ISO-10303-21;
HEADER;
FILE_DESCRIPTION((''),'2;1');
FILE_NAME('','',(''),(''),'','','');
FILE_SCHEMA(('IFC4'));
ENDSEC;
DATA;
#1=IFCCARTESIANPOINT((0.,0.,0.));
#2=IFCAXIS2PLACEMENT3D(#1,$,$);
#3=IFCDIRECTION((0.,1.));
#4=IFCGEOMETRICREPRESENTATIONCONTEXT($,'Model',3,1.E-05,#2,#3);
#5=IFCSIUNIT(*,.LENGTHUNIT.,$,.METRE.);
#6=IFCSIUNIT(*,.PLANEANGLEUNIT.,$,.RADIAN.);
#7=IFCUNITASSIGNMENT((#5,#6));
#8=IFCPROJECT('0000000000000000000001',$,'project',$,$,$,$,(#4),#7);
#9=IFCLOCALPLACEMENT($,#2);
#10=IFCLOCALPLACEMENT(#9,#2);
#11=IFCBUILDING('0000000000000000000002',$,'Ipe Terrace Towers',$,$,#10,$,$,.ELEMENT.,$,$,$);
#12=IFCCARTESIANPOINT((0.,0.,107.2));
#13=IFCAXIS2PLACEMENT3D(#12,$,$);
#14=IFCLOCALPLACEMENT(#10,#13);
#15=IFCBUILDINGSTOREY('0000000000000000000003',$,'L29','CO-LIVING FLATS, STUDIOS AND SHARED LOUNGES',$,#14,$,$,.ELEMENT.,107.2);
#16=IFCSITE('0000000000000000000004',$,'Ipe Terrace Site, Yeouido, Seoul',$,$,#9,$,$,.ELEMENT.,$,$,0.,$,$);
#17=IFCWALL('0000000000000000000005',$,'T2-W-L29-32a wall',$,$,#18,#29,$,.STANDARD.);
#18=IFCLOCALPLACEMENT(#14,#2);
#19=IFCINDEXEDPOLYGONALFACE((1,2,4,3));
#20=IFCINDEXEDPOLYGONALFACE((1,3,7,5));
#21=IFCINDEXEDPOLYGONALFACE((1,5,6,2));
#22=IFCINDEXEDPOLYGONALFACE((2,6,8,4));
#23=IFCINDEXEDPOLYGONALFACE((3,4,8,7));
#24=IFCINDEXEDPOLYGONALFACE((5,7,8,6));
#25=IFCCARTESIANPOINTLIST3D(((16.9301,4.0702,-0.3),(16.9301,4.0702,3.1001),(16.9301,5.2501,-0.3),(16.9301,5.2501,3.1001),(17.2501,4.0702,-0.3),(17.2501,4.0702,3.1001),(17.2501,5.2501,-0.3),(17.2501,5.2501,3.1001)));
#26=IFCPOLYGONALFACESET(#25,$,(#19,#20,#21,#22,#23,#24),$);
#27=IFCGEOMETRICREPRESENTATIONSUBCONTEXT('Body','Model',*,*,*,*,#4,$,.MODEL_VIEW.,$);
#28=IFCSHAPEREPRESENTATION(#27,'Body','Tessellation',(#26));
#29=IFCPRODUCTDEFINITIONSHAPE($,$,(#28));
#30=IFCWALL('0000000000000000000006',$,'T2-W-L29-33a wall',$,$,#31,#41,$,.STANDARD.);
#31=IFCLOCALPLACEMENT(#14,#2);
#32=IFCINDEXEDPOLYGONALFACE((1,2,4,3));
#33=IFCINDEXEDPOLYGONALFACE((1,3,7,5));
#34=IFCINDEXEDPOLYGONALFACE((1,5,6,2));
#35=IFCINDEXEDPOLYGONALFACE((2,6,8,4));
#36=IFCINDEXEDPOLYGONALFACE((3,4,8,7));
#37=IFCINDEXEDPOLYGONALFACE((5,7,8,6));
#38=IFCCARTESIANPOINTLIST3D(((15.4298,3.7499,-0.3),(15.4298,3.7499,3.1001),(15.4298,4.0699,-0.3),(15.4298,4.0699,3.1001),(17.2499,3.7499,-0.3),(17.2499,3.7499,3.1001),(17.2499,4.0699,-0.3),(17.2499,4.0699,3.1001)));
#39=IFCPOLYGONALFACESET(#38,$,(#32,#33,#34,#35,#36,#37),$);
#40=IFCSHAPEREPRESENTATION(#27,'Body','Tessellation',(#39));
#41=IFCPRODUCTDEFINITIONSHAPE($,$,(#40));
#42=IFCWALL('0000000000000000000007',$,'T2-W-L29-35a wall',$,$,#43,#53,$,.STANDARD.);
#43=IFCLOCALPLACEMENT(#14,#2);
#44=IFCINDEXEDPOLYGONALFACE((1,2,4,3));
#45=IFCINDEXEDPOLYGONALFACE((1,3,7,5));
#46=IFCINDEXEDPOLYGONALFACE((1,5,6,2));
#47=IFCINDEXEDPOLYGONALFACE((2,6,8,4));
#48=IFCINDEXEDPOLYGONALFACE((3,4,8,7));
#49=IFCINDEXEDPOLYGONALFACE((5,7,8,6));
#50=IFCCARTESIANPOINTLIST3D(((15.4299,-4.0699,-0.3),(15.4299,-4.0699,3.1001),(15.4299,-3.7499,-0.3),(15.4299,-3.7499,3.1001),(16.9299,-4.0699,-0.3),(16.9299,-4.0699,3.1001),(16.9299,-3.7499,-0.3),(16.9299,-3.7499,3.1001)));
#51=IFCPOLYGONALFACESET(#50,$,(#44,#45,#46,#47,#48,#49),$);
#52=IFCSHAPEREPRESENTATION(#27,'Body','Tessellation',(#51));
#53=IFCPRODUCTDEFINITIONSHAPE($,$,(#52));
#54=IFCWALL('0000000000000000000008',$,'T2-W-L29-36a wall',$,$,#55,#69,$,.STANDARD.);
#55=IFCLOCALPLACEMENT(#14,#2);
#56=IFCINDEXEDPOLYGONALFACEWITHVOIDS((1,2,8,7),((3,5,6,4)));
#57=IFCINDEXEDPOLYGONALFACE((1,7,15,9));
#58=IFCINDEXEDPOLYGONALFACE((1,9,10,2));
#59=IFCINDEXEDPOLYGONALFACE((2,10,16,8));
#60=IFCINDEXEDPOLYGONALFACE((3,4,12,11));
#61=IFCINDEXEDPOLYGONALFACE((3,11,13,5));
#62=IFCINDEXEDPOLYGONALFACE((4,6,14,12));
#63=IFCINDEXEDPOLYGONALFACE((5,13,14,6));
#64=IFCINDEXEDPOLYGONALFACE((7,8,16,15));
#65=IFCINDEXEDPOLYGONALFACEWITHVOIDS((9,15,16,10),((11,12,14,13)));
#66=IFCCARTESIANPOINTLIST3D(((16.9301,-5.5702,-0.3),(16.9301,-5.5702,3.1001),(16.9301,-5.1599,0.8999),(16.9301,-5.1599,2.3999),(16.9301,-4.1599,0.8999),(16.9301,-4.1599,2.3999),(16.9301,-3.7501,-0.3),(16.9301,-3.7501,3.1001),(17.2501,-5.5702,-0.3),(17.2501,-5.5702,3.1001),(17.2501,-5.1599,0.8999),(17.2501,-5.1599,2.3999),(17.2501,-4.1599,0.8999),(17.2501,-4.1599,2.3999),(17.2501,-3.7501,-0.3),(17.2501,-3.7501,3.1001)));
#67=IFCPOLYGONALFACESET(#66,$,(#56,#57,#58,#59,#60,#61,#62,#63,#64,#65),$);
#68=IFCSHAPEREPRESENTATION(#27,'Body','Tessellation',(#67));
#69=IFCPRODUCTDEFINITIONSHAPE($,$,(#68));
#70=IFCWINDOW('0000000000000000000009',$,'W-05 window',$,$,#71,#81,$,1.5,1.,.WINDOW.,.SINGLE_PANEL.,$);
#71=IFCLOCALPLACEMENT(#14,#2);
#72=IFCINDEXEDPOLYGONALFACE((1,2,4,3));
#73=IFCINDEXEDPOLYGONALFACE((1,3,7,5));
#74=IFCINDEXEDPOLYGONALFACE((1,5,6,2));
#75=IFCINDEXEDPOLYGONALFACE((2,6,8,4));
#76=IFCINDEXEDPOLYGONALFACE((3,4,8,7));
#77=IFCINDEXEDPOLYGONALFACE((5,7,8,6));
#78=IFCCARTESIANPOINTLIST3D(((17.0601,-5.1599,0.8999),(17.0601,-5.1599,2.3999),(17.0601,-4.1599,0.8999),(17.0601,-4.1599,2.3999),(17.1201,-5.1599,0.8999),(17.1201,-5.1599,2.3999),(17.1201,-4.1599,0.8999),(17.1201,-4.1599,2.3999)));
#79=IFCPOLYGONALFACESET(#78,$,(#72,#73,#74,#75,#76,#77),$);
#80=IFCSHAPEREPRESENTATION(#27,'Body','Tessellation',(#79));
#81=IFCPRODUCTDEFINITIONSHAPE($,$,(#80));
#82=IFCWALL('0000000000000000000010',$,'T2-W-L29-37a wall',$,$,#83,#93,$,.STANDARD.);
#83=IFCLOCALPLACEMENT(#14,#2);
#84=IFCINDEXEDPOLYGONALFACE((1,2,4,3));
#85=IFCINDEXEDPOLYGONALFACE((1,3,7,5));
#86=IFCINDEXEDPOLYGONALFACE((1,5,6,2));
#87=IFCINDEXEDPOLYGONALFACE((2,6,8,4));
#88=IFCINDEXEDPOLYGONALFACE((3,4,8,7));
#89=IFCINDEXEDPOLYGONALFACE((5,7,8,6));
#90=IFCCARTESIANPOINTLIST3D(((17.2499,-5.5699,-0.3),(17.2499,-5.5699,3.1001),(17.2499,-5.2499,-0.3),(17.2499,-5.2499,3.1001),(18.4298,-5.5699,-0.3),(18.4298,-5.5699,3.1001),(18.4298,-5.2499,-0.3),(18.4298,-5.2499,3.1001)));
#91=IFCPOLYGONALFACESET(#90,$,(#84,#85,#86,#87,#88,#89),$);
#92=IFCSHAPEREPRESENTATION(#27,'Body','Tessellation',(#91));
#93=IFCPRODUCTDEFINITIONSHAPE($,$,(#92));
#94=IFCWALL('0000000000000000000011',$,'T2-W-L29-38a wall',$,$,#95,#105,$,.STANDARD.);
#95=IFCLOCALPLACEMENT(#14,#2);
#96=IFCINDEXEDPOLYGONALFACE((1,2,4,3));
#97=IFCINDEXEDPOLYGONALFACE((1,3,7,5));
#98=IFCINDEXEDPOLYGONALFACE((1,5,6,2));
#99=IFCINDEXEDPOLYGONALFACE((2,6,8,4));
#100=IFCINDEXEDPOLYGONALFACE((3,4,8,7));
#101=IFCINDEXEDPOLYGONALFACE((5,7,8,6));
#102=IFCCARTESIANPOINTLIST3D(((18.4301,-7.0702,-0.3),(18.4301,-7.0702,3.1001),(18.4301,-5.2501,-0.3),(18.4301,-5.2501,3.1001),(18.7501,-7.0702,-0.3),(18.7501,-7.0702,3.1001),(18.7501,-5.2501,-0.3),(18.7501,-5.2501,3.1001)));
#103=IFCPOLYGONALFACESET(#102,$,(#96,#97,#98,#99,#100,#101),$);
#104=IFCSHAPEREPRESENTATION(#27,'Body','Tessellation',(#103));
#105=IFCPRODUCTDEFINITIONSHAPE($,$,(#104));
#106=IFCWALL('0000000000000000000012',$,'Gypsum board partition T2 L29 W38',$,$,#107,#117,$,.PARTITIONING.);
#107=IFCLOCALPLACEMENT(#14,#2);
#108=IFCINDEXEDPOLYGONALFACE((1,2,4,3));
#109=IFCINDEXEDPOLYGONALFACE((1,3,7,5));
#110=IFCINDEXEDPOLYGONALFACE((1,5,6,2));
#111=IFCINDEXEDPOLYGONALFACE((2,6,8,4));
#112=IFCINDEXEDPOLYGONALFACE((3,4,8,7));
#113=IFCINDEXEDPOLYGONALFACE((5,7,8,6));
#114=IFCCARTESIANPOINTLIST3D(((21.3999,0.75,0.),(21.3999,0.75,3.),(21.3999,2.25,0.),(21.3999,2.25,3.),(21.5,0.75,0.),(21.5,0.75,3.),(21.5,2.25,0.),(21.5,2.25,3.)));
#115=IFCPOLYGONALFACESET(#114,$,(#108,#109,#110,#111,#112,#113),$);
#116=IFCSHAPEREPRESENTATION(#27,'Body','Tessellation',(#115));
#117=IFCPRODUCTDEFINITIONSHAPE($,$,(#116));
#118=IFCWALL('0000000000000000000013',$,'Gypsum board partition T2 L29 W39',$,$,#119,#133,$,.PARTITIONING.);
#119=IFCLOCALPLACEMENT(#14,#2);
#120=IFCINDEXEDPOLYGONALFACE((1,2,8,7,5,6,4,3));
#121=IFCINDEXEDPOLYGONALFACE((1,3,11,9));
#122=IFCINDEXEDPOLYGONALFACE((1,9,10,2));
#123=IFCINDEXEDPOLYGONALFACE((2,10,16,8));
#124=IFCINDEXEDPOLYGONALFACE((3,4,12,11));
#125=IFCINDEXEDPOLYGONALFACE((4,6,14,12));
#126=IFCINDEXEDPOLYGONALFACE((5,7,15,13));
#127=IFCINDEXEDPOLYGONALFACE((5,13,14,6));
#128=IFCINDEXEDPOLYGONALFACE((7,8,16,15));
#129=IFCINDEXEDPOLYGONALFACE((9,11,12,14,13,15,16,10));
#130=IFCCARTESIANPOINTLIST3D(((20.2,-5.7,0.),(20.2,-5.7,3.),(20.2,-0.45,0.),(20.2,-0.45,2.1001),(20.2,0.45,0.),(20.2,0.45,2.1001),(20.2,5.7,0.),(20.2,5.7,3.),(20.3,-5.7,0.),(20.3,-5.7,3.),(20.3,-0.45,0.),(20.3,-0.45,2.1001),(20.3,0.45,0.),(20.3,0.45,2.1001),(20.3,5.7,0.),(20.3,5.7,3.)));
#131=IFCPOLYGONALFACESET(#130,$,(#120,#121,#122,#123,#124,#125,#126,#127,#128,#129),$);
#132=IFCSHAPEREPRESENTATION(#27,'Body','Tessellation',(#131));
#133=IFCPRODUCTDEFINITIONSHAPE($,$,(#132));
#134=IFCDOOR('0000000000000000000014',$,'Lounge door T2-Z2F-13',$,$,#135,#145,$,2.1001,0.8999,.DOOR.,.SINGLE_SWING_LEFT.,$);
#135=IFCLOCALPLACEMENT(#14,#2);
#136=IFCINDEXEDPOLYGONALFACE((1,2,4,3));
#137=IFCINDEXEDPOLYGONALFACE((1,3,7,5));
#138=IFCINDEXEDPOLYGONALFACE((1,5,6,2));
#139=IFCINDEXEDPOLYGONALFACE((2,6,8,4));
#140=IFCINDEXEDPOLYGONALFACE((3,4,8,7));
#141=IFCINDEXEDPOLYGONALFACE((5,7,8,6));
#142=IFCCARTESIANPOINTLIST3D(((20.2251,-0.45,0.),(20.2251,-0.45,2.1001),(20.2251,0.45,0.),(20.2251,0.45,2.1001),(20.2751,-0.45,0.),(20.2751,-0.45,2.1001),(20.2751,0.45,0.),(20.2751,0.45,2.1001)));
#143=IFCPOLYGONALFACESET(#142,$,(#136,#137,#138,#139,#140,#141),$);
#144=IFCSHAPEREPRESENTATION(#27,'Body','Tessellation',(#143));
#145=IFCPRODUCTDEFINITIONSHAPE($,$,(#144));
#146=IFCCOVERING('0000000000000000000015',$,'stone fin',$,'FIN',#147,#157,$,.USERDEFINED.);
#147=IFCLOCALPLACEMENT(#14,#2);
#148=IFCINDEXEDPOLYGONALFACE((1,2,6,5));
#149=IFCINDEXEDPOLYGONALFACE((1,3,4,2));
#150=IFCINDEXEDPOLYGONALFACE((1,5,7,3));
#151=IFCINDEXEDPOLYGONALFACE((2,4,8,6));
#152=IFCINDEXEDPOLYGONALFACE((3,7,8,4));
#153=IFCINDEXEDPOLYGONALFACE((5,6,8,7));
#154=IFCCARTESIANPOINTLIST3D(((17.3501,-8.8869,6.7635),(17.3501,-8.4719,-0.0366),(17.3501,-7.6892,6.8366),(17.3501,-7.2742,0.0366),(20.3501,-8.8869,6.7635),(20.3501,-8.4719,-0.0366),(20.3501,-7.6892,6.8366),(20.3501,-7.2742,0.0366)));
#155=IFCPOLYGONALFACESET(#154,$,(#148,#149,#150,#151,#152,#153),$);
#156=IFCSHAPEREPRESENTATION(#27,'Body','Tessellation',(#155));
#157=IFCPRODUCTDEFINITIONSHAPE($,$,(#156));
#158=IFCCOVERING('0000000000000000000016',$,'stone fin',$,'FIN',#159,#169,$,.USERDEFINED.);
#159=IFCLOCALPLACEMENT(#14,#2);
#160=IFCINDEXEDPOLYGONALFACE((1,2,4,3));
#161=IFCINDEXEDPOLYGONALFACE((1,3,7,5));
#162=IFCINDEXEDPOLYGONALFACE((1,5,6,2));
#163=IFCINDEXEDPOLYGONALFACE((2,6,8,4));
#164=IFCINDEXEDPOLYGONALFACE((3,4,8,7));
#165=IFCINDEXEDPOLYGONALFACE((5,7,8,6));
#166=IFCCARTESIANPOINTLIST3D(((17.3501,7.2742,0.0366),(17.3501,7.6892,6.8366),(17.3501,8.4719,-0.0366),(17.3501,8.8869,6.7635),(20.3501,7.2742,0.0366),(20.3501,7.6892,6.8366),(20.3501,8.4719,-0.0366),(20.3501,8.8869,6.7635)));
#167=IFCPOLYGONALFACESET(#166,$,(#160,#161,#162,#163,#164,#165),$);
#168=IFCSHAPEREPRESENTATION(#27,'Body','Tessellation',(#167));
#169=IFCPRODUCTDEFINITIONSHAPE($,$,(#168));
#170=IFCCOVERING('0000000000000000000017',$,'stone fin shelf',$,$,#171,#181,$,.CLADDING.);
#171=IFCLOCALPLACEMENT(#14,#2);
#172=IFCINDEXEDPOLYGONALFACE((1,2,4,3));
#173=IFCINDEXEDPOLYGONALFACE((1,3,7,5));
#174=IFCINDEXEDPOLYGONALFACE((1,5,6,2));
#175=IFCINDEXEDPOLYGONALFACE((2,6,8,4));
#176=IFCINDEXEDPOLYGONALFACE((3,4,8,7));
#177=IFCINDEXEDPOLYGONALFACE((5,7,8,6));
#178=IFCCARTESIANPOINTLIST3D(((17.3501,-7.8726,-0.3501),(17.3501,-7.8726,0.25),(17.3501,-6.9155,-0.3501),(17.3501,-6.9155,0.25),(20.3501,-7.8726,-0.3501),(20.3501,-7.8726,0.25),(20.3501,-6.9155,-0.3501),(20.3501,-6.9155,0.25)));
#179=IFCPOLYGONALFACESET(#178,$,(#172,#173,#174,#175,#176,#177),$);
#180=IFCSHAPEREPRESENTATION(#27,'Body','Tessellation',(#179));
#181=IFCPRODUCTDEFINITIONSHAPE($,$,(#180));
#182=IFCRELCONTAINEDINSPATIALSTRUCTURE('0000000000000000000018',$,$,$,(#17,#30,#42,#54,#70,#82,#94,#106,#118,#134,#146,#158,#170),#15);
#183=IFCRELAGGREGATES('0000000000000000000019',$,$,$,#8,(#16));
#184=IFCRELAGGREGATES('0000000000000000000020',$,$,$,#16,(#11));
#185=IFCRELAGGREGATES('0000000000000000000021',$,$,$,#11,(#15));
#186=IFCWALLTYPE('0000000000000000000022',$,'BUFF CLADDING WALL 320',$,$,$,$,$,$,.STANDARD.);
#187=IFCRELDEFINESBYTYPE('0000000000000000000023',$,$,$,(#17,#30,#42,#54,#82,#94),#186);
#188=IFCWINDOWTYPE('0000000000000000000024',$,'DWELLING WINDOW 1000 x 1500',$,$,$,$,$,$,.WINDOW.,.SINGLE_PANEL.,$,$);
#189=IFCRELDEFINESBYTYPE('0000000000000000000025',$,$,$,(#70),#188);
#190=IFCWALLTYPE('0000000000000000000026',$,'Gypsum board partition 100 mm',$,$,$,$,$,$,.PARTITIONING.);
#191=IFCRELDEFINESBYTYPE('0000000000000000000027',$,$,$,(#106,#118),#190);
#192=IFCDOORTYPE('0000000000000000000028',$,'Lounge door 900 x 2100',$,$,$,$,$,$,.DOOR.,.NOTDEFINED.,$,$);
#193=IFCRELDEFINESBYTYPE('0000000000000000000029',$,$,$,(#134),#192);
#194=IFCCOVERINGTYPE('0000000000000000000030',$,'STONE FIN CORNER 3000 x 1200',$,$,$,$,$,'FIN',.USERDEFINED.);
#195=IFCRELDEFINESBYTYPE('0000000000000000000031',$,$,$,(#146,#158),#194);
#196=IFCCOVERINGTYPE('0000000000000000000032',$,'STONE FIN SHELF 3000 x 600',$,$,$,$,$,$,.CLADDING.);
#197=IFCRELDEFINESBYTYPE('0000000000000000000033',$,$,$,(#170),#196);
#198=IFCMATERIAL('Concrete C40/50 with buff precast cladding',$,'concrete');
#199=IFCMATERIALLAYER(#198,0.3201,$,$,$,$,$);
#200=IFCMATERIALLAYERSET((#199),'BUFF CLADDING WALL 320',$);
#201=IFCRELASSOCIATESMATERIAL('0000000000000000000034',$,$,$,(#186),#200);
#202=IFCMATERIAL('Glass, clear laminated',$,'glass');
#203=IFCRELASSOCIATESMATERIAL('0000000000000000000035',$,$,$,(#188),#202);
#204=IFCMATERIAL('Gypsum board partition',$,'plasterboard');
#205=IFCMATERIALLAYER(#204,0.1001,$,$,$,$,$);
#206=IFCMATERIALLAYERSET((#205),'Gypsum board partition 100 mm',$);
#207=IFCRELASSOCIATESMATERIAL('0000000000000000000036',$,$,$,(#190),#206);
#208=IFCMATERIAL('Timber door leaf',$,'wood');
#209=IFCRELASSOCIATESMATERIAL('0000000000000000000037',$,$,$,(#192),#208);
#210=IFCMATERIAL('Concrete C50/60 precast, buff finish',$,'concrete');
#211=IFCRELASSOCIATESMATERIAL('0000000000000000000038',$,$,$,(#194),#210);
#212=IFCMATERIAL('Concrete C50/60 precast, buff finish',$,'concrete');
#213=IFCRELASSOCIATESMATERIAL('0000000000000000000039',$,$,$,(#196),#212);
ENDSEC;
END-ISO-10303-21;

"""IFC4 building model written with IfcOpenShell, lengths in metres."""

from ifc_helpers import new_model, si_unit, direction, frame, frame_2d, origin, origin_2d, place, context, subcontext, project, spatial, rectangle, extrude, material, layer, layer_set, material_profile, profile_set, type_object, element, fill, save


model = new_model("IFC4")

# Units and contexts
model_context = context("Model", 3, precision=1e-05, world=origin(), true_north=direction((0.0, 1.0)))
body_context = subcontext(model_context, "Body", "Model", "MODEL_VIEW")
ifc_project = project(units=[si_unit("LENGTHUNIT", "METRE"), si_unit("PLANEANGLEUNIT", "RADIAN")], contexts=[model_context])

# Site, building, storey
site_placement = place(None, origin())
site = spatial("IfcSite", under=ifc_project, at=site_placement, Name="Ipe Terrace Site, Yeouido, Seoul", CompositionType="ELEMENT", RefElevation=0.0)
building_placement = place(site_placement, origin())
building = spatial("IfcBuilding", under=site, at=building_placement, Name="Ipe Terrace Towers", CompositionType="ELEMENT")
storey_placement = place(building_placement, frame((0.0, 0.0, 107.2)))
storey = spatial("IfcBuildingStorey", under=building, at=storey_placement, Name="L29", Description="CO-LIVING FLATS, STUDIOS AND SHARED LOUNGES", CompositionType="ELEMENT", Elevation=107.2)

# Shared definitions
ifc_material_1 = material(Name="Concrete C40/50 with buff precast cladding", Category="concrete")
ifc_layer_1 = layer(ifc_material_1, 0.3201)
ifc_layer_set_1 = layer_set([ifc_layer_1], Name="BUFF CLADDING WALL 320")
wall_type_1 = type_object("IfcWallType", Name="BUFF CLADDING WALL 320", PredefinedType="STANDARD", material=ifc_layer_set_1)

# Shared definitions
ifc_material_2 = material(Name="Glass, clear laminated", Category="glass")
window_type = type_object("IfcWindowType", Name="DWELLING WINDOW 1000 x 1500", PartitioningType="SINGLE_PANEL", PredefinedType="WINDOW", material=ifc_material_2)

# Walls
wall_1_placement = place(storey_placement, frame((17.0901, 5.25, -0.3), z_axis=(0.0, 0.0, 1.0), x_axis=(0.0, -1.0, 0.0)))
element("IfcWall", 1, at=wall_1_placement, inside=storey, type_object=wall_type_1, Name="T2-W-L29-32a wall", PredefinedType="STANDARD", context=body_context, shape_type="SweptSolid", body=[
    extrude(rectangle(XDim=1.1799, YDim=0.3201, at=frame_2d((0.5898, 0.0))), origin(), (0.0, 0.0, 1.0), 3.4001),
])
wall_2_placement = place(storey_placement, frame((17.25, 3.9099, -0.3), z_axis=(0.0, 0.0, 1.0), x_axis=(-1.0, 0.0, 0.0)))
element("IfcWall", 2, at=wall_2_placement, inside=storey, type_object=wall_type_1, Name="T2-W-L29-33a wall", PredefinedType="STANDARD", context=body_context, shape_type="SweptSolid", body=[
    extrude(rectangle(XDim=1.8201, YDim=0.3201, at=frame_2d((0.9102, 0.0))), origin(), (0.0, 0.0, 1.0), 3.4001),
])
wall_3_placement = place(storey_placement, frame((15.4299, -3.9099, -0.3), z_axis=(0.0, 0.0, 1.0), x_axis=(1.0, 0.0, 0.0)))
element("IfcWall", 3, at=wall_3_placement, inside=storey, type_object=wall_type_1, Name="T2-W-L29-35a wall", PredefinedType="STANDARD", context=body_context, shape_type="SweptSolid", body=[
    extrude(rectangle(XDim=1.5, YDim=0.3201, at=frame_2d((0.75, 0.0))), origin(), (0.0, 0.0, 1.0), 3.4001),
])

# Wall, opening, window
wall_4_placement = place(storey_placement, frame((17.0901, -3.75, -0.3), z_axis=(0.0, 0.0, 1.0), x_axis=(0.0, -1.0, 0.0)))
wall_4 = element("IfcWall", 4, at=wall_4_placement, inside=storey, type_object=wall_type_1, Name="T2-W-L29-36a wall", PredefinedType="STANDARD", context=body_context, shape_type="SweptSolid", body=[
    extrude(rectangle(XDim=1.8201, YDim=0.3201, at=frame_2d((0.9102, 0.0))), origin(), (0.0, 0.0, 1.0), 3.4001),
])
opening_1_placement = place(wall_4_placement, frame((0.4099, 0.0, 1.2)))
opening_1 = element("IfcOpeningElement", 5, at=opening_1_placement, cuts=wall_4, PredefinedType="OPENING", context=body_context, shape_type="SweptSolid", body=[
    extrude(rectangle(XDim=1.0, YDim=1.5, at=frame_2d((0.5, 0.75))), frame((0.0, 0.1699, 0.0), z_axis=(0.0, -1.0, 0.0), x_axis=(1.0, 0.0, 0.0)), (0.0, 0.0, 1.0), 0.3401),
])
window_1_placement = place(opening_1_placement, origin())
window_1 = element("IfcWindow", 6, at=window_1_placement, inside=storey, type_object=window_type, Name="W-05 window", OverallHeight=1.5, OverallWidth=1.0, PartitioningType="SINGLE_PANEL", PredefinedType="WINDOW", context=body_context, shape_type="SweptSolid", body=[
    extrude(rectangle(XDim=1.0, YDim=1.5, at=frame_2d((0.5, 0.75))), frame((0.0, 0.03, 0.0), z_axis=(0.0, -1.0, 0.0), x_axis=(1.0, 0.0, 0.0)), (0.0, 0.0, 1.0), 0.0601),
])
fill(opening_1, window_1)

# Walls
wall_5_placement = place(storey_placement, frame((17.25, -5.4099, -0.3), z_axis=(0.0, 0.0, 1.0), x_axis=(1.0, 0.0, 0.0)))
element("IfcWall", 7, at=wall_5_placement, inside=storey, type_object=wall_type_1, Name="T2-W-L29-37a wall", PredefinedType="STANDARD", context=body_context, shape_type="SweptSolid", body=[
    extrude(rectangle(XDim=1.1799, YDim=0.3201, at=frame_2d((0.5898, 0.0))), origin(), (0.0, 0.0, 1.0), 3.4001),
])
wall_6_placement = place(storey_placement, frame((18.5901, -5.25, -0.3), z_axis=(0.0, 0.0, 1.0), x_axis=(0.0, -1.0, 0.0)))
element("IfcWall", 8, at=wall_6_placement, inside=storey, type_object=wall_type_1, Name="T2-W-L29-38a wall", PredefinedType="STANDARD", context=body_context, shape_type="SweptSolid", body=[
    extrude(rectangle(XDim=1.8201, YDim=0.3201, at=frame_2d((0.9102, 0.0))), origin(), (0.0, 0.0, 1.0), 3.4001),
])
ifc_material_3 = material(Name="Gypsum board partition", Category="plasterboard")
ifc_layer_2 = layer(ifc_material_3, 0.1001)
ifc_layer_set_2 = layer_set([ifc_layer_2], Name="Gypsum board partition 100 mm")
wall_type_2 = type_object("IfcWallType", Name="Gypsum board partition 100 mm", PredefinedType="PARTITIONING", material=ifc_layer_set_2)
wall_7_placement = place(storey_placement, frame((21.45, 0.75, 0.0), z_axis=(0.0, 0.0, 1.0), x_axis=(0.0, 1.0, 0.0)))
element("IfcWall", 9, at=wall_7_placement, inside=storey, type_object=wall_type_2, Name="Gypsum board partition T2 L29 W38", PredefinedType="PARTITIONING", context=body_context, shape_type="SweptSolid", body=[
    extrude(rectangle(XDim=1.5, YDim=0.1001, at=frame_2d((0.75, 0.0))), origin(), (0.0, 0.0, 1.0), 3.0),
])

# Wall, opening, door
wall_8_placement = place(storey_placement, frame((20.25, -5.7, 0.0), z_axis=(0.0, 0.0, 1.0), x_axis=(0.0, 1.0, 0.0)))
wall_8 = element("IfcWall", 10, at=wall_8_placement, inside=storey, type_object=wall_type_2, Name="Gypsum board partition T2 L29 W39", PredefinedType="PARTITIONING", context=body_context, shape_type="SweptSolid", body=[
    extrude(rectangle(XDim=11.3999, YDim=0.1001, at=frame_2d((5.7, 0.0))), origin(), (0.0, 0.0, 1.0), 3.0),
])
opening_2_placement = place(wall_8_placement, frame((5.25, 0.0, 0.0)))
opening_2 = element("IfcOpeningElement", 11, at=opening_2_placement, cuts=wall_8, PredefinedType="OPENING", context=body_context, shape_type="SweptSolid", body=[
    extrude(rectangle(XDim=0.8999, YDim=2.1001, at=frame_2d((0.45, 1.05))), frame((0.0, 0.0601, 0.0), z_axis=(0.0, -1.0, 0.0), x_axis=(1.0, 0.0, 0.0)), (0.0, 0.0, 1.0), 0.1201),
])
ifc_material_4 = material(Name="Timber door leaf", Category="wood")
door_type = type_object("IfcDoorType", Name="Lounge door 900 x 2100", OperationType="NOTDEFINED", PredefinedType="DOOR", material=ifc_material_4)
door_placement = place(opening_2_placement, origin())
door = element("IfcDoor", 12, at=door_placement, inside=storey, type_object=door_type, Name="Lounge door T2-Z2F-13", OperationType="SINGLE_SWING_LEFT", OverallHeight=2.1001, OverallWidth=0.8999, PredefinedType="DOOR", context=body_context, shape_type="SweptSolid", body=[
    extrude(rectangle(XDim=0.8999, YDim=2.1001, at=frame_2d((0.45, 1.05))), frame((0.0, 0.0249, 0.0), z_axis=(0.0, -1.0, 0.0), x_axis=(1.0, 0.0, 0.0)), (0.0, 0.0, 1.0), 0.05),
])
fill(opening_2, door)

# Coverings
ifc_material_5 = material(Name="Concrete C50/60 precast, buff finish", Category="concrete")
ifc_material_profile_1 = material_profile(ifc_material_5, rectangle(XDim=3.0, YDim=1.2, at=origin_2d()), Name="STONE FIN CORNER 3000 x 1200")
ifc_profile_set_1 = profile_set([ifc_material_profile_1], Name="Concrete C50/60 precast, buff finish")
covering_type_1 = type_object("IfcCoveringType", Name="STONE FIN CORNER 3000 x 1200", ElementType="FIN", PredefinedType="USERDEFINED", material=ifc_profile_set_1)
for number, where, z_axis, x_axis, name in (
    (13, (18.8501, -7.873, 0.0), (0.0, -0.060921, 0.998143), (1.0, 0.0, 0.0), "stone fin"),
    (14, (18.8501, 7.873, 0.0), (0.0, 0.060921, 0.998143), (-1.0, 0.0, 0.0), "stone fin"),
):
    element("IfcCovering", number, at=place(storey_placement, frame(where, z_axis=z_axis, x_axis=x_axis)), inside=storey, type_object=covering_type_1, Name=name, ObjectType="FIN", PredefinedType="USERDEFINED", context=body_context, shape_type="SweptSolid", body=[
        extrude(rectangle(XDim=3.0, YDim=1.2, at=origin_2d()), origin(), (0.0, 0.0, 1.0), 6.8127),
    ])
ifc_material_6 = material(Name="Concrete C50/60 precast, buff finish", Category="concrete")
covering_type_2 = type_object("IfcCoveringType", Name="STONE FIN SHELF 3000 x 600", PredefinedType="CLADDING", material=ifc_material_6)
for number, where, z_axis, x_axis, name in (
    (15, (18.8501, -7.394, -0.3501), (0.0, 0.0, 1.0), (1.0, 0.0, 0.0), "stone fin shelf"),
):
    element("IfcCovering", number, at=place(storey_placement, frame(where, z_axis=z_axis, x_axis=x_axis)), inside=storey, type_object=covering_type_2, Name=name, PredefinedType="CLADDING", context=body_context, shape_type="SweptSolid", body=[
        extrude(rectangle(XDim=3.0, YDim=0.957, at=origin_2d()), origin(), (0.0, 0.0, 1.0), 0.6001),
    ])

save(model, "model.ifc")
